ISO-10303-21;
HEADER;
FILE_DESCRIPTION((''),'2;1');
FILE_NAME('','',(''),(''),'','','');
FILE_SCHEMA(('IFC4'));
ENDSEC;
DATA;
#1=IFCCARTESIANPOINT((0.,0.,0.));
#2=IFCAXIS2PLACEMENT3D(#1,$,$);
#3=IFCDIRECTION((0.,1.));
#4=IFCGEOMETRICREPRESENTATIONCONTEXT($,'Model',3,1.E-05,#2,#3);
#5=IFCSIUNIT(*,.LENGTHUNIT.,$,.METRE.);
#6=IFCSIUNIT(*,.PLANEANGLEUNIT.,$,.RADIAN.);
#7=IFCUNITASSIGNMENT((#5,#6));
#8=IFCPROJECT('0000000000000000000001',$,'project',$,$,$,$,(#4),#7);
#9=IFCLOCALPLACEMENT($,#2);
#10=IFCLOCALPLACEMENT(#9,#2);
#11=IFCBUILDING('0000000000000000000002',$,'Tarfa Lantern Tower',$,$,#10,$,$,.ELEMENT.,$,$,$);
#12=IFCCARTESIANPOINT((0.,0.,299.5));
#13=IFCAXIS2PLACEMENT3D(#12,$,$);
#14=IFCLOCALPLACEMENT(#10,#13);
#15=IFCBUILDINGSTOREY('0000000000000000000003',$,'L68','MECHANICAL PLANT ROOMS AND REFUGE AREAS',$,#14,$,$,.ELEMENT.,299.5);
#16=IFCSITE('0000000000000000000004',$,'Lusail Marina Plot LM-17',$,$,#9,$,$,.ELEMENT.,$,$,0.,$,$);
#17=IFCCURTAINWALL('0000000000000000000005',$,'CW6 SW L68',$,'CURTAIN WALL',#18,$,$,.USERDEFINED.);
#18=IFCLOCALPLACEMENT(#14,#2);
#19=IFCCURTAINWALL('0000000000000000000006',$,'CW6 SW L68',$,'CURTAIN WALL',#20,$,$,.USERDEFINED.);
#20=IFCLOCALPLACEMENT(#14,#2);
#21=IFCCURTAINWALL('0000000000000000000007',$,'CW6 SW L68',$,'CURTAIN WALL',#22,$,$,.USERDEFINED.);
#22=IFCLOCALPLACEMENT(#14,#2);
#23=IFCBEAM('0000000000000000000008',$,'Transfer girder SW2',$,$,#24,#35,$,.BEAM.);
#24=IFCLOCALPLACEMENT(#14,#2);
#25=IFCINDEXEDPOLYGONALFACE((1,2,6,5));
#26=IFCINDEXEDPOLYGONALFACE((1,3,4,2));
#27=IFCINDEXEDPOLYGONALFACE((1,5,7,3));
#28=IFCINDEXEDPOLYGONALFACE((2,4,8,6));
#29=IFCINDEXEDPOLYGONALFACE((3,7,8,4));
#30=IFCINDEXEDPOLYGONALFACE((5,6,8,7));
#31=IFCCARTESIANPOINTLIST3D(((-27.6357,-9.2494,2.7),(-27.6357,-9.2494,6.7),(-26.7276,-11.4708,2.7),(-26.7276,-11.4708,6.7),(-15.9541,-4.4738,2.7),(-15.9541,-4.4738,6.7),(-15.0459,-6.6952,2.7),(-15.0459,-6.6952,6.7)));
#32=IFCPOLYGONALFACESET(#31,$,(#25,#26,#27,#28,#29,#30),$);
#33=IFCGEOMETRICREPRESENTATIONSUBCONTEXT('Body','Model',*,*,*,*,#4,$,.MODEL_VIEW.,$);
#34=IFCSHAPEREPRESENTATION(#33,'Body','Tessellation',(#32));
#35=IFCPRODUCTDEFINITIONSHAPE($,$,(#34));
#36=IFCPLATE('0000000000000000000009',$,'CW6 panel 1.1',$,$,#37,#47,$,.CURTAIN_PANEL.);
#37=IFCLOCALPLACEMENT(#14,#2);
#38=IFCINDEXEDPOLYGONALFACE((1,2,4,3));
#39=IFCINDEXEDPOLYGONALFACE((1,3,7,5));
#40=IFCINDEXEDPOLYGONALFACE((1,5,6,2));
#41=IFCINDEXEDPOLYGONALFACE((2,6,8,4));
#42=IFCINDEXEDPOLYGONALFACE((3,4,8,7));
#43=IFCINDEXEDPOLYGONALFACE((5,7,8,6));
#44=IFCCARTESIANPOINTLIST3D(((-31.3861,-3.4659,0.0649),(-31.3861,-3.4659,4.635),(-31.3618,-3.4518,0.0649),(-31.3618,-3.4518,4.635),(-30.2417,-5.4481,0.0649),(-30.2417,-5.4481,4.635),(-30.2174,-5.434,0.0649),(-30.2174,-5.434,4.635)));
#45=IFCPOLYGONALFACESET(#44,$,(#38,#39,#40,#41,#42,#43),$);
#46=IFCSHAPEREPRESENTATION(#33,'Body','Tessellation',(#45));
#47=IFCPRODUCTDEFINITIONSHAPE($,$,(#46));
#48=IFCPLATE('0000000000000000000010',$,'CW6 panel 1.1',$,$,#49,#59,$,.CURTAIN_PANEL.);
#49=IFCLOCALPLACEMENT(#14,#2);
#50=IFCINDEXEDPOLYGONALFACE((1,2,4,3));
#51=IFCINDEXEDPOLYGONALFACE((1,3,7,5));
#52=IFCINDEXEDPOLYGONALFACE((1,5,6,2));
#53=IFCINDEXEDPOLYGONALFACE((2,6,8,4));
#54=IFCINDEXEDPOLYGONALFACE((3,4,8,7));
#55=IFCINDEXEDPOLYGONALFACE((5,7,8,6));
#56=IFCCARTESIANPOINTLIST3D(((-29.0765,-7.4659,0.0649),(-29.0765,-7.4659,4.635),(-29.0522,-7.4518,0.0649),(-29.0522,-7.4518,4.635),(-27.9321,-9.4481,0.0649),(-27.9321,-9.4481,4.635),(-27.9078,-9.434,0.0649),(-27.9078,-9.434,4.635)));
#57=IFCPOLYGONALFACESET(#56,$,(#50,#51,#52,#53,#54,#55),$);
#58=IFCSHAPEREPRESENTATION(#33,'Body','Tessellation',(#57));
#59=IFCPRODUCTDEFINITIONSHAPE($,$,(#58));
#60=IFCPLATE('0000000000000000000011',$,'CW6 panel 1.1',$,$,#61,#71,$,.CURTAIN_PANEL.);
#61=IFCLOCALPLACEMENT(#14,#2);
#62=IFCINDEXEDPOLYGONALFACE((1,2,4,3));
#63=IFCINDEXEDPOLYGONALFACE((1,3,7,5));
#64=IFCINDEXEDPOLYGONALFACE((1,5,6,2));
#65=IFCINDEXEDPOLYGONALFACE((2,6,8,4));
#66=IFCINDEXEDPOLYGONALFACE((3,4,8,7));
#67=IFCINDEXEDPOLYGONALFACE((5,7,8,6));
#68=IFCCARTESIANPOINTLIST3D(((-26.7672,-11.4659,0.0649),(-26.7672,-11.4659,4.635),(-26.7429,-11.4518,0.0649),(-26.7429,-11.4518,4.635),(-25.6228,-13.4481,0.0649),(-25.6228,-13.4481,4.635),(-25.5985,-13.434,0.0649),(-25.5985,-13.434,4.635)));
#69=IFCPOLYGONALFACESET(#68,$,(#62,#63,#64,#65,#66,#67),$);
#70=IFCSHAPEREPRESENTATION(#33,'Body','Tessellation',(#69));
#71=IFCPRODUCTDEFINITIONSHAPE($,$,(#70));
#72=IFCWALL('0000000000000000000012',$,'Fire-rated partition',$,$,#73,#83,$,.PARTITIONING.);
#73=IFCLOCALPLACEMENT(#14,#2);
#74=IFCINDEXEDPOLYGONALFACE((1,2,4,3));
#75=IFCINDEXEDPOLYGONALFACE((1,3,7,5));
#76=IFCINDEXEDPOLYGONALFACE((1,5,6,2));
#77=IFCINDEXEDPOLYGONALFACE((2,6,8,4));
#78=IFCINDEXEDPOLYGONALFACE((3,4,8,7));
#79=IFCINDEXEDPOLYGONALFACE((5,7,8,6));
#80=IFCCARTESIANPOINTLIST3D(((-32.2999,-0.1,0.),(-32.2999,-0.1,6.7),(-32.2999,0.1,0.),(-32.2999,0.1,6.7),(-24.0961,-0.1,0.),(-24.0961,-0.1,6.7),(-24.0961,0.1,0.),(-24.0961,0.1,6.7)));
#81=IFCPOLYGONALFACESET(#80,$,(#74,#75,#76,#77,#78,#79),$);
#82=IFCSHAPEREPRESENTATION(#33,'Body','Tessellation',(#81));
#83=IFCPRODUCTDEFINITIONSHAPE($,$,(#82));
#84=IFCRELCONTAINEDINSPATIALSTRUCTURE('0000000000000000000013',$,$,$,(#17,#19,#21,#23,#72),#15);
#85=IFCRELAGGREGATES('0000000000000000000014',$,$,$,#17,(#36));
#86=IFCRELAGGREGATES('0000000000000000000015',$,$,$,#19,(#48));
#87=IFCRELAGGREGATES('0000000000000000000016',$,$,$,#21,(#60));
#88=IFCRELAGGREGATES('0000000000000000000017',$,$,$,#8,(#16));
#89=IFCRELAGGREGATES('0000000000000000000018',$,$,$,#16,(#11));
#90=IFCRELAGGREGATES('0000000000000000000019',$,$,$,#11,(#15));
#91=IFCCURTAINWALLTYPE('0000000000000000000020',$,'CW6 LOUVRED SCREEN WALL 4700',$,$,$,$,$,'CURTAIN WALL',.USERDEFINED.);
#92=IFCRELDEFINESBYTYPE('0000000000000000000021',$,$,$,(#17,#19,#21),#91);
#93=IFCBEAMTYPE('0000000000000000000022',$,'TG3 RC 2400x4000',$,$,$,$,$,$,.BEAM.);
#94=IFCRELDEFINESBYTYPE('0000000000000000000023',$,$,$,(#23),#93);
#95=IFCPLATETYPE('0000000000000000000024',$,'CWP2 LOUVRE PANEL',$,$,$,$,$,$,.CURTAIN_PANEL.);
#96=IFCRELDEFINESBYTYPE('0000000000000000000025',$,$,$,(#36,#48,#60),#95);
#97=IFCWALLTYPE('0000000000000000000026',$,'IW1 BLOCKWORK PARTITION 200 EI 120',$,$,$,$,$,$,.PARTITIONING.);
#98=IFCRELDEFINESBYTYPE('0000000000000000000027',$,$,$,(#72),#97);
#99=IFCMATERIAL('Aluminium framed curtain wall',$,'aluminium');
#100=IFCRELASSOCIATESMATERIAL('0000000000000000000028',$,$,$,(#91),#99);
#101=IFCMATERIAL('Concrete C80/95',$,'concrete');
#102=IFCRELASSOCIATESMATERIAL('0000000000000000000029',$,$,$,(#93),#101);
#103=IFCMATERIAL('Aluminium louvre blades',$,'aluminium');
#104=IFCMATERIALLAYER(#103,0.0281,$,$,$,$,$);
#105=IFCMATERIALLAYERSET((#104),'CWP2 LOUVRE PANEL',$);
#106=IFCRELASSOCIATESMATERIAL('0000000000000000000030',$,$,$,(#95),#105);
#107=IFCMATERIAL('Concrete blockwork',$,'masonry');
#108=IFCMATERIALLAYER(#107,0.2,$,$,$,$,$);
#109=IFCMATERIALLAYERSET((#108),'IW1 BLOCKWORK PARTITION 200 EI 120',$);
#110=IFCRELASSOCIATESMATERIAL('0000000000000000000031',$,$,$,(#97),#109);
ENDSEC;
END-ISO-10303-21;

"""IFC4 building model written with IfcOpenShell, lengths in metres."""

from ifc_helpers import new_model, si_unit, direction, frame, frame_2d, origin, origin_2d, place, context, subcontext, project, spatial, rectangle, extrude, material, layer, layer_set, material_profile, profile_set, type_object, element, aggregate, save


model = new_model("IFC4")

# Units and contexts
model_context = context("Model", 3, precision=1e-05, world=origin(), true_north=direction((0.0, 1.0)))
body_context = subcontext(model_context, "Body", "Model", "MODEL_VIEW")
ifc_project = project(units=[si_unit("LENGTHUNIT", "METRE"), si_unit("PLANEANGLEUNIT", "RADIAN")], contexts=[model_context])

# Site, building, storey
site_placement = place(None, origin())
site = spatial("IfcSite", under=ifc_project, at=site_placement, Name="Lusail Marina Plot LM-17", CompositionType="ELEMENT", RefElevation=0.0)
building_placement = place(site_placement, origin())
building = spatial("IfcBuilding", under=site, at=building_placement, Name="Tarfa Lantern Tower", CompositionType="ELEMENT")
storey_placement = place(building_placement, frame((0.0, 0.0, 299.5)))
storey = spatial("IfcBuildingStorey", under=building, at=storey_placement, Name="L68", Description="MECHANICAL PLANT ROOMS AND REFUGE AREAS", CompositionType="ELEMENT", Elevation=299.5)

# Shared definitions
ifc_material_1 = material(Name="Concrete C80/95", Category="concrete")

# Curtain walls
ifc_material_2 = material(Name="Aluminium framed curtain wall", Category="aluminium")
curtain_wall_type = type_object("IfcCurtainWallType", Name="CW6 LOUVRED SCREEN WALL 4700", ElementType="CURTAIN WALL", PredefinedType="USERDEFINED", material=ifc_material_2)
curtain_wall_1_placement = place(storey_placement, origin())
curtain_wall_1 = element("IfcCurtainWall", 1, at=curtain_wall_1_placement, inside=storey, type_object=curtain_wall_type, Name="CW6 SW L68", ObjectType="CURTAIN WALL", PredefinedType="USERDEFINED")
curtain_wall_2_placement = place(storey_placement, origin())
curtain_wall_2 = element("IfcCurtainWall", 2, at=curtain_wall_2_placement, inside=storey, type_object=curtain_wall_type, Name="CW6 SW L68", ObjectType="CURTAIN WALL", PredefinedType="USERDEFINED")

# Curtain wall
curtain_wall_3_placement = place(storey_placement, origin())
curtain_wall_3 = element("IfcCurtainWall", 3, at=curtain_wall_3_placement, inside=storey, type_object=curtain_wall_type, Name="CW6 SW L68", ObjectType="CURTAIN WALL", PredefinedType="USERDEFINED")

# Beam
ifc_material_profile_1 = material_profile(ifc_material_1, rectangle(XDim=2.3999, YDim=4.0, at=origin_2d()), Name="RC 2400x4000")
ifc_profile_set_1 = profile_set([ifc_material_profile_1], Name="Concrete C80/95")
beam_type_1 = type_object("IfcBeamType", Name="TG3 RC 2400x4000", PredefinedType="BEAM", material=ifc_profile_set_1)
beam_1_placement = place(storey_placement, frame((-27.1816, -10.3601, 4.7), z_axis=(0.925636, 0.378414, 0.0), x_axis=(-0.378414, 0.925636, 0.0)))
element("IfcBeam", 4, at=beam_1_placement, inside=storey, type_object=beam_type_1, Name="Transfer girder SW2", PredefinedType="BEAM", context=body_context, shape_type="SweptSolid", body=[
    extrude(rectangle(XDim=2.3999, YDim=4.0, at=origin_2d()), origin(), (0.0, 0.0, 1.0), 12.6201),
])

# Plates
ifc_material_3 = material(Name="Aluminium louvre blades", Category="aluminium")
ifc_layer_1 = layer(ifc_material_3, 0.0281)
ifc_layer_set_1 = layer_set([ifc_layer_1], Name="CWP2 LOUVRE PANEL")
plate_type = type_object("IfcPlateType", Name="CWP2 LOUVRE PANEL", PredefinedType="CURTAIN_PANEL", material=ifc_layer_set_1)
plate_1_placement = place(storey_placement, frame((-30.8018, -4.45, 0.0649), z_axis=(0.0, 0.0, 1.0), x_axis=(0.5, -0.866025, 0.0)))
plate_1 = element("IfcPlate", 5, at=plate_1_placement, type_object=plate_type, Name="CW6 panel 1.1", PredefinedType="CURTAIN_PANEL", context=body_context, shape_type="SweptSolid", body=[
    extrude(rectangle(XDim=2.2888, YDim=0.0281, at=origin_2d()), origin(), (0.0, 0.0, 1.0), 4.5701),
])
aggregate(curtain_wall_1, [plate_1])
plate_2_placement = place(storey_placement, frame((-28.4922, -8.45, 0.0649), z_axis=(0.0, 0.0, 1.0), x_axis=(0.5, -0.866025, 0.0)))
plate_2 = element("IfcPlate", 6, at=plate_2_placement, type_object=plate_type, Name="CW6 panel 1.1", PredefinedType="CURTAIN_PANEL", context=body_context, shape_type="SweptSolid", body=[
    extrude(rectangle(XDim=2.2888, YDim=0.0281, at=origin_2d()), origin(), (0.0, 0.0, 1.0), 4.5701),
])
aggregate(curtain_wall_2, [plate_2])
plate_3_placement = place(storey_placement, frame((-26.1829, -12.45, 0.0649), z_axis=(0.0, 0.0, 1.0), x_axis=(0.5, -0.866025, 0.0)))
plate_3 = element("IfcPlate", 7, at=plate_3_placement, type_object=plate_type, Name="CW6 panel 1.1", PredefinedType="CURTAIN_PANEL", context=body_context, shape_type="SweptSolid", body=[
    extrude(rectangle(XDim=2.2888, YDim=0.0281, at=origin_2d()), origin(), (0.0, 0.0, 1.0), 4.5701),
])
aggregate(curtain_wall_3, [plate_3])

# Wall
ifc_material_4 = material(Name="Concrete blockwork", Category="masonry")
ifc_layer_2 = layer(ifc_material_4, 0.2)
ifc_layer_set_2 = layer_set([ifc_layer_2], Name="IW1 BLOCKWORK PARTITION 200 EI 120")
wall_type = type_object("IfcWallType", Name="IW1 BLOCKWORK PARTITION 200 EI 120", PredefinedType="PARTITIONING", material=ifc_layer_set_2)
wall_placement = place(storey_placement, frame((-24.0959, 0.0, 0.0), z_axis=(0.0, 0.0, 1.0), x_axis=(-1.0, 0.0, 0.0)))
element("IfcWall", 8, at=wall_placement, inside=storey, type_object=wall_type, Name="Fire-rated partition", PredefinedType="PARTITIONING", context=body_context, shape_type="SweptSolid", body=[
    extrude(rectangle(XDim=8.2039, YDim=0.2, at=frame_2d((4.1021, 0.0))), origin(), (0.0, 0.0, 1.0), 6.7),
])

save(model, "model.ifc")
